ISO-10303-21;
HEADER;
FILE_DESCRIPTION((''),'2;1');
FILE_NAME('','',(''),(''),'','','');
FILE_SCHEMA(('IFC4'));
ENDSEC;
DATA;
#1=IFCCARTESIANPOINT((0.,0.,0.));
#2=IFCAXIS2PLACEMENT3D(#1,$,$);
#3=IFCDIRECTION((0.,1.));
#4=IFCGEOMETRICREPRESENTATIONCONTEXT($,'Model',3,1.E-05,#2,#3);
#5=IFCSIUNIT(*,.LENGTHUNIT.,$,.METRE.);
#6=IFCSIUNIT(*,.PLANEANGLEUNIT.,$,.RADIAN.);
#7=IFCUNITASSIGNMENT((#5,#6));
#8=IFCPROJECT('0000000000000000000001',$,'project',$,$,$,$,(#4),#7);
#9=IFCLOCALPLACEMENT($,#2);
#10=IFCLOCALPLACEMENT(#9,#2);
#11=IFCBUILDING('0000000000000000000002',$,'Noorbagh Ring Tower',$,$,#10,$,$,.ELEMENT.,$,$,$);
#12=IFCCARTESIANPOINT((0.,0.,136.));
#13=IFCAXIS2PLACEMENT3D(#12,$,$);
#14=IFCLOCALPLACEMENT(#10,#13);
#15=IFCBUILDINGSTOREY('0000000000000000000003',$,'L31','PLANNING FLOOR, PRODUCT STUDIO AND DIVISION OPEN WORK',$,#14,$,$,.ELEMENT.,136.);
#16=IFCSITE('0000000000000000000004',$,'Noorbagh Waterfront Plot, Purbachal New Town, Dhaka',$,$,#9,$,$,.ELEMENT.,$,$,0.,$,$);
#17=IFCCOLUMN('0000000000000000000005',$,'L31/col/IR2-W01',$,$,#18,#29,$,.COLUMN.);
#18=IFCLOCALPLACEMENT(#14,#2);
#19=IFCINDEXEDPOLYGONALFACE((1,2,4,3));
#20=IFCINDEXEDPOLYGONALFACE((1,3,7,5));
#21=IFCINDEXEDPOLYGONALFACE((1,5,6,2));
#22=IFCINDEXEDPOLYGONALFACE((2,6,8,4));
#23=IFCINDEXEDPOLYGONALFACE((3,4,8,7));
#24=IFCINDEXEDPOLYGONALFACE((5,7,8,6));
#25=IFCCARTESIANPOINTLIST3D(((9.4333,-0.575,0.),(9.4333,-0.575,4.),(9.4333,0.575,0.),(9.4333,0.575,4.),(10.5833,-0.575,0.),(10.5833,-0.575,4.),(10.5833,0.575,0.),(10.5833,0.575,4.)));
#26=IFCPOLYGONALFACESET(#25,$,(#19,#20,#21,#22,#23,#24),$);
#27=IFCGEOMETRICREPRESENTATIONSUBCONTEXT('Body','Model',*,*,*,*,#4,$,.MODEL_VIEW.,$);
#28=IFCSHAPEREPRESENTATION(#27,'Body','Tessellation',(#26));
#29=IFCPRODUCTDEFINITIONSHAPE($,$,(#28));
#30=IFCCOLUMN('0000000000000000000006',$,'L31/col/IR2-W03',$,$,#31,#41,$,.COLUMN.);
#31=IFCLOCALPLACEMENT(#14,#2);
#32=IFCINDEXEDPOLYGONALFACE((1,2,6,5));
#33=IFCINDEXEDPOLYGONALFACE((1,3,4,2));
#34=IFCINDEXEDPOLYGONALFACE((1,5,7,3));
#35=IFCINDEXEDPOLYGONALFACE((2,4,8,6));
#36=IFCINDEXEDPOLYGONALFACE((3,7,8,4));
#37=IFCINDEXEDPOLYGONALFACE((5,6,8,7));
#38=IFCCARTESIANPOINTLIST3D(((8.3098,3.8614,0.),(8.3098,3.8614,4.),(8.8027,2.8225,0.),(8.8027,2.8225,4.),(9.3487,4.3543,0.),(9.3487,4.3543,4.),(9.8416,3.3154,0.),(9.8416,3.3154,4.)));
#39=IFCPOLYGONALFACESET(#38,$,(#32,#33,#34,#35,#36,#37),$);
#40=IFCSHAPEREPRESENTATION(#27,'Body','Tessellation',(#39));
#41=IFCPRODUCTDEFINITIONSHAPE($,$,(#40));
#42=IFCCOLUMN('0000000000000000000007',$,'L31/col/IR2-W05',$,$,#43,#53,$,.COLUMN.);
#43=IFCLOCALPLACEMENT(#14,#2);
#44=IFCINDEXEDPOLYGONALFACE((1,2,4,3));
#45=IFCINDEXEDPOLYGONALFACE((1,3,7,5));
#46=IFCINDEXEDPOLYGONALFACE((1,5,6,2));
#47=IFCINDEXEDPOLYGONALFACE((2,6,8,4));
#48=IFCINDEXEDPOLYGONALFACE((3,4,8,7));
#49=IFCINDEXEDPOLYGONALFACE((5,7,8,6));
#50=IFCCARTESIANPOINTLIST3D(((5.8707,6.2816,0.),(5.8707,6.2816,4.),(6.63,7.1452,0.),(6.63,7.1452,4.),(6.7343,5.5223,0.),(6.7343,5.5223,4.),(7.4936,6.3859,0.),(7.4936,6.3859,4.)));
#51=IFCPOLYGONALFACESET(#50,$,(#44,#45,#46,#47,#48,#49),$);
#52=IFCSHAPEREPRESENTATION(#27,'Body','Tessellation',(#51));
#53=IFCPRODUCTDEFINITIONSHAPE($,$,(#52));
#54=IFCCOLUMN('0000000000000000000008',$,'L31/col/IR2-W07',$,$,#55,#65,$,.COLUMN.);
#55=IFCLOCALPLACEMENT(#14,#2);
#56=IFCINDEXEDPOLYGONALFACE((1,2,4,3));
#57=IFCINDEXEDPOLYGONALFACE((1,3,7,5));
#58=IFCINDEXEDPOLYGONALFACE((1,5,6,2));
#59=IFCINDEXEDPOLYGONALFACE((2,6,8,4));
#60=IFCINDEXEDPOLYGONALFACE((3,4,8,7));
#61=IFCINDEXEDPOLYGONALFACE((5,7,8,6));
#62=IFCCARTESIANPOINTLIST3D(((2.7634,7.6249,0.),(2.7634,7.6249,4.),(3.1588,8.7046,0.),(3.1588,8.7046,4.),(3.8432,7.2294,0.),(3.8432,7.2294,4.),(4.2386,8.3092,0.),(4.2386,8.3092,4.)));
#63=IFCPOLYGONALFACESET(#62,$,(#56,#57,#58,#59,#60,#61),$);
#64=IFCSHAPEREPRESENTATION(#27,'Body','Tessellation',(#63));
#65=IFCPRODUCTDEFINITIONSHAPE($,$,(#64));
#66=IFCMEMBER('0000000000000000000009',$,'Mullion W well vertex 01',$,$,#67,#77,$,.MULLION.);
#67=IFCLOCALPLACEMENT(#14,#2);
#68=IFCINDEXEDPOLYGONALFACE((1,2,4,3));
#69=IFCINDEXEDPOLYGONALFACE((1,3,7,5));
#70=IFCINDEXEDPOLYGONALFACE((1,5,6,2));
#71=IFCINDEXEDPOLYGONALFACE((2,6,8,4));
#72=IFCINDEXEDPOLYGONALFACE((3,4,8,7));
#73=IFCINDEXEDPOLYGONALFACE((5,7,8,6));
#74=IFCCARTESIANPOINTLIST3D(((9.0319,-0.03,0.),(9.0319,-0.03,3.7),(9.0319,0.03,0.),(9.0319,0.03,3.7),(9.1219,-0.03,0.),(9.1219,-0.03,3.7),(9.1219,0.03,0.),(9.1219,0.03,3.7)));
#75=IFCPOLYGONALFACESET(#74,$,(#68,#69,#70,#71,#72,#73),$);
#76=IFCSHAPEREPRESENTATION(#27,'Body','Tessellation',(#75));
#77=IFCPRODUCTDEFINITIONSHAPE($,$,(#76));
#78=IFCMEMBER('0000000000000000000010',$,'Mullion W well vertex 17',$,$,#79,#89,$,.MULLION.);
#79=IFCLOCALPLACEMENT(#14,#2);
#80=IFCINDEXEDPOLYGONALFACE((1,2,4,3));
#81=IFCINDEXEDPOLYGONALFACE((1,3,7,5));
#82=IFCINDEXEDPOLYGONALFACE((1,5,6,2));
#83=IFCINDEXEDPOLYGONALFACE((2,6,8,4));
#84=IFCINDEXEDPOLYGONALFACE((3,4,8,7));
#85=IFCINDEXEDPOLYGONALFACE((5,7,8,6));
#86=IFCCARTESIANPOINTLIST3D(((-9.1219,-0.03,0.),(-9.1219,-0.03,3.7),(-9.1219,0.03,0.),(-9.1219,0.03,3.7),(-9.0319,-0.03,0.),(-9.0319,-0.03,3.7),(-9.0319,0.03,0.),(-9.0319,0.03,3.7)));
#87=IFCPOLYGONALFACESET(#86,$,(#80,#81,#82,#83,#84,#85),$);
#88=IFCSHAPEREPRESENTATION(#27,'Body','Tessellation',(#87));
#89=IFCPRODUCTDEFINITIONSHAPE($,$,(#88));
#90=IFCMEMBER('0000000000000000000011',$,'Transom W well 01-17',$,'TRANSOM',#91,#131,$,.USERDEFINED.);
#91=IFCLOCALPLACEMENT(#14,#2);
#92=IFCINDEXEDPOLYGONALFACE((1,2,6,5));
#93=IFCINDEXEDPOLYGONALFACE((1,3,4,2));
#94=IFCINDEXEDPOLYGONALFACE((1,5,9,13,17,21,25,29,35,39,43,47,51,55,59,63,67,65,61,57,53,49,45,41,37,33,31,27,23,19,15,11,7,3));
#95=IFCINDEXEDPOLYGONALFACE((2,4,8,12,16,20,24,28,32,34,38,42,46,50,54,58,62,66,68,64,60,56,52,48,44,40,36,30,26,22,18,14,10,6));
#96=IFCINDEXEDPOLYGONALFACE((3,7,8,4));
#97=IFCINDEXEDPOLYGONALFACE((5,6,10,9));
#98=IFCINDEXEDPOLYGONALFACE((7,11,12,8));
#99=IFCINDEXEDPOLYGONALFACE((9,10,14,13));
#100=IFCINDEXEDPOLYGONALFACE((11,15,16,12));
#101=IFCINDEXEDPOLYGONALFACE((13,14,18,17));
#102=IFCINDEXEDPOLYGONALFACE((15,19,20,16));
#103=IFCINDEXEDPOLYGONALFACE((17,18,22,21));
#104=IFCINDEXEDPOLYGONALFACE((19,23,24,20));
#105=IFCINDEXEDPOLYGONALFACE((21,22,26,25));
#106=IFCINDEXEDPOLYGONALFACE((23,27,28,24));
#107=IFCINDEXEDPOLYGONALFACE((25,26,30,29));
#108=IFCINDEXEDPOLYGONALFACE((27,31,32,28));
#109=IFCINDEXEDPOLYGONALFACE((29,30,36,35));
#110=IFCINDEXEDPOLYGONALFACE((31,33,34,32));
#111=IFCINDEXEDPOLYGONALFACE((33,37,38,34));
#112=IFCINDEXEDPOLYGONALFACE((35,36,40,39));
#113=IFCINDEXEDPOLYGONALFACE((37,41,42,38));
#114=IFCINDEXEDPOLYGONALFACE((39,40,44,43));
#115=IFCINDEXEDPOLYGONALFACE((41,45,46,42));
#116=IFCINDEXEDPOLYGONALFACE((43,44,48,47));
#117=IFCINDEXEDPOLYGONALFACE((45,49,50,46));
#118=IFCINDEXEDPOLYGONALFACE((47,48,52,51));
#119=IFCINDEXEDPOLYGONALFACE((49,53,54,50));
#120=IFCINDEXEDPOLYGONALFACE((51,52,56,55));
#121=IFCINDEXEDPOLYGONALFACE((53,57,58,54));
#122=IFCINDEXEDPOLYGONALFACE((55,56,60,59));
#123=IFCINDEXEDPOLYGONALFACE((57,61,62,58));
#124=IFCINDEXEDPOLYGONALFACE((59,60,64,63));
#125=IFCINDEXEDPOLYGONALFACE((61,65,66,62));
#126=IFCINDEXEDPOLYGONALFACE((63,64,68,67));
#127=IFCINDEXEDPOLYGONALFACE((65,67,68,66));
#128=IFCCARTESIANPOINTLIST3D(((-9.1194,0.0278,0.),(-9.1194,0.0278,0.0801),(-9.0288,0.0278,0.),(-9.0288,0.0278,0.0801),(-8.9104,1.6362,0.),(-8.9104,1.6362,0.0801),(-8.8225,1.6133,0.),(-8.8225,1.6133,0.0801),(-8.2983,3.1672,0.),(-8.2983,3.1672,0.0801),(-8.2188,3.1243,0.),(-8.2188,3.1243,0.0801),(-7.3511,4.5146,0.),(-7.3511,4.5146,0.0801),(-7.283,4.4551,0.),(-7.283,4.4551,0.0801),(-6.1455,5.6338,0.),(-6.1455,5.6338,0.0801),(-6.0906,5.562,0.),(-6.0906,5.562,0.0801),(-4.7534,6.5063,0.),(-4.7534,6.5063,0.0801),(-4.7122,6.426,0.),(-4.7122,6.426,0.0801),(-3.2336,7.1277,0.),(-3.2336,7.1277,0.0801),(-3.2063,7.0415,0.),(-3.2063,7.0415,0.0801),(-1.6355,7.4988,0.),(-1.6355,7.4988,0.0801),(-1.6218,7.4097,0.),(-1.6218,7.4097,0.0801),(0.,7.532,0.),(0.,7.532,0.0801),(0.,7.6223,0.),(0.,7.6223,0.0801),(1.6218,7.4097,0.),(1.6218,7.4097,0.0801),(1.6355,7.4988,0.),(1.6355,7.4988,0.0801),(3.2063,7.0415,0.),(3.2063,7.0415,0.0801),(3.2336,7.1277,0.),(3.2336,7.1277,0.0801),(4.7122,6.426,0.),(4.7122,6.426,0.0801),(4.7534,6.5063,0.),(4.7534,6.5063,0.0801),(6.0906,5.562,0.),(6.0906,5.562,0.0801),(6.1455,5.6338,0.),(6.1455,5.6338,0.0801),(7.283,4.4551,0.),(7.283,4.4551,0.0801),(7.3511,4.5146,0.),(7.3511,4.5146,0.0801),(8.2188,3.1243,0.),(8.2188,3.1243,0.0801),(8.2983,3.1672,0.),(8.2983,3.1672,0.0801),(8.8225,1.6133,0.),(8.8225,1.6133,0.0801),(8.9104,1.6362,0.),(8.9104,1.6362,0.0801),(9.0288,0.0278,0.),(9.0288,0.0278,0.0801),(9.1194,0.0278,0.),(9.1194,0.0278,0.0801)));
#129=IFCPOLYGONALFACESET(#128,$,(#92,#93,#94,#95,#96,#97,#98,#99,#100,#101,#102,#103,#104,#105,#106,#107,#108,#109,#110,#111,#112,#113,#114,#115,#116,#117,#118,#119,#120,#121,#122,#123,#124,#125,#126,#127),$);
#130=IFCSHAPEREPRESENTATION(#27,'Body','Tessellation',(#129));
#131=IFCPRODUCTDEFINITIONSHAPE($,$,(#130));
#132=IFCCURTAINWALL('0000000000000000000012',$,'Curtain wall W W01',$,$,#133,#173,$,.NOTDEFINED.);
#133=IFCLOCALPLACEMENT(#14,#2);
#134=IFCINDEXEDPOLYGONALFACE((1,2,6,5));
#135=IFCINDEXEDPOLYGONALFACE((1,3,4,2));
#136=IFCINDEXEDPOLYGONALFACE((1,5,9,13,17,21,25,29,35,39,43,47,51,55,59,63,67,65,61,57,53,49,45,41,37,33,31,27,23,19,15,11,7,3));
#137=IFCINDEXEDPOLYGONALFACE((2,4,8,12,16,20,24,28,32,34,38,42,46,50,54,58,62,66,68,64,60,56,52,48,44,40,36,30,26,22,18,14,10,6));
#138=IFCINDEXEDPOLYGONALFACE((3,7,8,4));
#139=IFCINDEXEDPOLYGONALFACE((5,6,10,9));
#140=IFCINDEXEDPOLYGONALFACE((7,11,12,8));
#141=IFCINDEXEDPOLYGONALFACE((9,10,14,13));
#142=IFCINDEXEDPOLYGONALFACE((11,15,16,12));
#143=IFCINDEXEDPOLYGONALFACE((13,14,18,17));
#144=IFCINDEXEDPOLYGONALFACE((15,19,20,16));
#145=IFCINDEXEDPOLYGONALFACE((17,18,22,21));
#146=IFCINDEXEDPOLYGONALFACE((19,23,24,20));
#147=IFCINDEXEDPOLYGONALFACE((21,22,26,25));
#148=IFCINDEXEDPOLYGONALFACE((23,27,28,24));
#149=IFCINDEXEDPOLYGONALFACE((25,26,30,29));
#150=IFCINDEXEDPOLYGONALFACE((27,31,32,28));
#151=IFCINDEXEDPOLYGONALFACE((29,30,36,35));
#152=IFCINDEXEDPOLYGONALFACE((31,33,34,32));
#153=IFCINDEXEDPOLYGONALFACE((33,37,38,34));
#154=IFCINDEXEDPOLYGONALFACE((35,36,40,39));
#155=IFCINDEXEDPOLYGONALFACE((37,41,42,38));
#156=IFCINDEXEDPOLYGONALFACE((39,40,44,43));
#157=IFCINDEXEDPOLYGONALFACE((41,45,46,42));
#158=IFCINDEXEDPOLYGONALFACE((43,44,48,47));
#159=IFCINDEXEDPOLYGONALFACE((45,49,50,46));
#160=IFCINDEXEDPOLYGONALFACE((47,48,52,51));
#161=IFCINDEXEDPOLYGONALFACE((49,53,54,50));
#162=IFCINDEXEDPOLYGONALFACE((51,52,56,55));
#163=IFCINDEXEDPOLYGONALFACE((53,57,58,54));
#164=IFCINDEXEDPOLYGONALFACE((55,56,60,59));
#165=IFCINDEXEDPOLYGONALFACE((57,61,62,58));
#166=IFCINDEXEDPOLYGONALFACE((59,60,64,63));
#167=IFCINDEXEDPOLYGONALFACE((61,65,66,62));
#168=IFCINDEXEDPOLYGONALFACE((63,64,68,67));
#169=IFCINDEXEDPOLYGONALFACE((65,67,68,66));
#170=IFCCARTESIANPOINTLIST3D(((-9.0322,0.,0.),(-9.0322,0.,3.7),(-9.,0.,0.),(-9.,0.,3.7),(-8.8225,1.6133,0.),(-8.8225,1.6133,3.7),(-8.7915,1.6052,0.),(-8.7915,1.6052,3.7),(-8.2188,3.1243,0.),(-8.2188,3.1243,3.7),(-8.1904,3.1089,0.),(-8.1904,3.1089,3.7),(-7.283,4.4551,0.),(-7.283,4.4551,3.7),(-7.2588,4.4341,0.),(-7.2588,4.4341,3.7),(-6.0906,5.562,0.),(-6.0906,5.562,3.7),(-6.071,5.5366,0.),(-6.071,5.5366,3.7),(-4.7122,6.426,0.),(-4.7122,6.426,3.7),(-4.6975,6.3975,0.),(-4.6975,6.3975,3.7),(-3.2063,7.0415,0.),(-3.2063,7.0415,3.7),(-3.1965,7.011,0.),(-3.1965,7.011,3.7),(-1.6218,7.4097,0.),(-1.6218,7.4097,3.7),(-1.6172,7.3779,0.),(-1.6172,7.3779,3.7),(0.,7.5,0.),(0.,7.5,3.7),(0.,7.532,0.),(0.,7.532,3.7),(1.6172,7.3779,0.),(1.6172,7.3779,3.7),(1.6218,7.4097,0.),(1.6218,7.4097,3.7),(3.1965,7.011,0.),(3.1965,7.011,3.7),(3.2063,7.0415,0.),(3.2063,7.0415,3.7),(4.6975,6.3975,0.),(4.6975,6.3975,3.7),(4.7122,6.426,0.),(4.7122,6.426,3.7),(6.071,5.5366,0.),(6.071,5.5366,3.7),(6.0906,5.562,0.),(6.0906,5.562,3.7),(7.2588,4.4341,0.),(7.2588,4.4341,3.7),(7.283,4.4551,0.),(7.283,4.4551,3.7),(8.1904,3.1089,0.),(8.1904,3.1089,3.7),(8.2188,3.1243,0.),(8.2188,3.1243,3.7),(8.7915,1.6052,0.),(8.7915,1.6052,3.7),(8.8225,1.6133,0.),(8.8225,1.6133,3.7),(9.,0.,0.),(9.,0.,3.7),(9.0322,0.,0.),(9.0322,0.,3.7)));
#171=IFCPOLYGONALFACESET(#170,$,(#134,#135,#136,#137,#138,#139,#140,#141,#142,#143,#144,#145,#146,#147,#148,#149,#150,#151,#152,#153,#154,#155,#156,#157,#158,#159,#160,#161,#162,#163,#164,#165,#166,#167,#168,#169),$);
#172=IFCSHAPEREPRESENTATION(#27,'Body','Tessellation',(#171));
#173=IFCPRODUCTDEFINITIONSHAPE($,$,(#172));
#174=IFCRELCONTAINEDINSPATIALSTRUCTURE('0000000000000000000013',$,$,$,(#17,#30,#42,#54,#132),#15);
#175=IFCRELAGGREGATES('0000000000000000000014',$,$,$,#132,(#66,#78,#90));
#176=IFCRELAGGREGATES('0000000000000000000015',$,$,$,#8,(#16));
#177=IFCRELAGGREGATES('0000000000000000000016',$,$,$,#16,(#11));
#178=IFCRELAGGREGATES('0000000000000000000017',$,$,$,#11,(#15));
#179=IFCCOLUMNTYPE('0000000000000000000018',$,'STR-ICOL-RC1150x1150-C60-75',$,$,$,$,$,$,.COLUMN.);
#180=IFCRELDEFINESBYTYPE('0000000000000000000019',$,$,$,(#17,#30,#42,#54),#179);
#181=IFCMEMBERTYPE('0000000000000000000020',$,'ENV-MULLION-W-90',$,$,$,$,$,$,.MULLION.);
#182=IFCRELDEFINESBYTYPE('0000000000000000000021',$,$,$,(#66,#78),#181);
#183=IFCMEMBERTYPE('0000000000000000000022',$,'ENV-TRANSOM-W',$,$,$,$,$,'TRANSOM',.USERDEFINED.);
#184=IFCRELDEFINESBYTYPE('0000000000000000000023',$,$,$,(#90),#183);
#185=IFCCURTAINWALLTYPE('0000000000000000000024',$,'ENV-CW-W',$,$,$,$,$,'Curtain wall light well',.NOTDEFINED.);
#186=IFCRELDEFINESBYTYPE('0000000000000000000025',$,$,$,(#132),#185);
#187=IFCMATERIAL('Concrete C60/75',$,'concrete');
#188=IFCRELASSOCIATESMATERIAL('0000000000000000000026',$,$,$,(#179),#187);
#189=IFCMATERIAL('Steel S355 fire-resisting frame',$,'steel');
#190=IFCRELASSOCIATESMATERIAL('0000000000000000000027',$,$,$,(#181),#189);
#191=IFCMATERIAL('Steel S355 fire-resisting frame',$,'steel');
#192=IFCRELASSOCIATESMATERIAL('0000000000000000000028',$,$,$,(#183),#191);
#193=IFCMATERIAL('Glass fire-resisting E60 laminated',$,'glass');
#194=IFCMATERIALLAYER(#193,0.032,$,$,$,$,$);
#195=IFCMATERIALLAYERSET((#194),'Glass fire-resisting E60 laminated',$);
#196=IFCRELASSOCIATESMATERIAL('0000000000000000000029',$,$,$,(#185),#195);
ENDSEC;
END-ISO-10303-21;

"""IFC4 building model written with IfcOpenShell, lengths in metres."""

from ifc_helpers import new_model, si_unit, direction, frame, origin, origin_2d, place, context, subcontext, project, spatial, polyline, rectangle, outline, extrude, material, layer, layer_set, material_profile, profile_set, type_object, element, aggregate, save


model = new_model("IFC4")

# Units and contexts
model_context = context("Model", 3, precision=1e-05, world=origin(), true_north=direction((0.0, 1.0)))
body_context = subcontext(model_context, "Body", "Model", "MODEL_VIEW")
ifc_project = project(units=[si_unit("LENGTHUNIT", "METRE"), si_unit("PLANEANGLEUNIT", "RADIAN")], contexts=[model_context])

# Site, building, storey
site_placement = place(None, origin())
site = spatial("IfcSite", under=ifc_project, at=site_placement, Name="Noorbagh Waterfront Plot, Purbachal New Town, Dhaka", CompositionType="ELEMENT", RefElevation=0.0)
building_placement = place(site_placement, origin())
building = spatial("IfcBuilding", under=site, at=building_placement, Name="Noorbagh Ring Tower", CompositionType="ELEMENT")
storey_placement = place(building_placement, frame((0.0, 0.0, 136.0)))
storey = spatial("IfcBuildingStorey", under=building, at=storey_placement, Name="L31", Description="PLANNING FLOOR, PRODUCT STUDIO AND DIVISION OPEN WORK", CompositionType="ELEMENT", Elevation=136.0)

# Columns
ifc_material_1 = material(Name="Concrete C60/75", Category="concrete")
ifc_material_profile_1 = material_profile(ifc_material_1, rectangle(XDim=1.1499, YDim=1.1499, at=origin_2d()), Name="RC1150x1150")
ifc_profile_set_1 = profile_set([ifc_material_profile_1], Name="Concrete C60/75")
column_type = type_object("IfcColumnType", Name="STR-ICOL-RC1150x1150-C60-75", PredefinedType="COLUMN", material=ifc_profile_set_1)
for number, where, z_axis, x_axis, name in (
    (1, (10.0083, 0.0, 0.0), (0.0, 0.0, 1.0), (0.0, 1.0, 0.0), "L31/col/IR2-W01"),
    (2, (9.0757, 3.5884, 0.0), (0.0, 0.0, 1.0), (-0.428667, 0.903463, 0.0), "L31/col/IR2-W03"),
    (3, (6.6821, 6.3337, 0.0), (0.0, 0.0, 1.0), (-0.751022, 0.660277, 0.0), "L31/col/IR2-W05"),
    (4, (3.501, 7.967, 0.0), (0.0, 0.0, 1.0), (-0.93902, 0.343864, 0.0), "L31/col/IR2-W07"),
):
    element("IfcColumn", number, at=place(storey_placement, frame(where, z_axis=z_axis, x_axis=x_axis)), inside=storey, type_object=column_type, Name=name, PredefinedType="COLUMN", context=body_context, shape_type="SweptSolid", body=[
        extrude(rectangle(XDim=1.1499, YDim=1.1499, at=origin_2d()), origin(), (0.0, 0.0, 1.0), 4.0),
    ])

# Members
ifc_material_2 = material(Name="Steel S355 fire-resisting frame", Category="steel")
ifc_material_profile_2 = material_profile(ifc_material_2, rectangle(XDim=0.0901, YDim=0.0601, at=origin_2d()), Name="90x60")
ifc_profile_set_2 = profile_set([ifc_material_profile_2], Name="Steel S355 fire-resisting frame")
member_type_1 = type_object("IfcMemberType", Name="ENV-MULLION-W-90", PredefinedType="MULLION", material=ifc_profile_set_2)
member_1_placement = place(storey_placement, frame((9.0769, 0.0, 0.0), z_axis=(0.0, 0.0, 1.0), x_axis=(1.0, 0.0, 0.0)))
member_1 = element("IfcMember", 5, at=member_1_placement, type_object=member_type_1, Name="Mullion W well vertex 01", PredefinedType="MULLION", context=body_context, shape_type="SweptSolid", body=[
    extrude(rectangle(XDim=0.0901, YDim=0.0601, at=origin_2d()), origin(), (0.0, 0.0, 1.0), 3.7),
])
member_2_placement = place(storey_placement, frame((-9.0769, 0.0, 0.0), z_axis=(0.0, 0.0, 1.0), x_axis=(-1.0, 0.0, 0.0)))
member_2 = element("IfcMember", 6, at=member_2_placement, type_object=member_type_1, Name="Mullion W well vertex 17", PredefinedType="MULLION", context=body_context, shape_type="SweptSolid", body=[
    extrude(rectangle(XDim=0.0901, YDim=0.0601, at=origin_2d()), origin(), (0.0, 0.0, 1.0), 3.7),
])
ifc_material_3 = material(Name="Steel S355 fire-resisting frame", Category="steel")
member_type_2 = type_object("IfcMemberType", Name="ENV-TRANSOM-W", ElementType="TRANSOM", PredefinedType="USERDEFINED", material=ifc_material_3)
member_3_placement = place(storey_placement, origin())
member_3 = element("IfcMember", 7, at=member_3_placement, type_object=member_type_2, Name="Transom W well 01-17", ObjectType="TRANSOM", PredefinedType="USERDEFINED", context=body_context, shape_type="SweptSolid", body=[
    extrude(outline(polyline([(9.1194, 0.0278), (8.9104, 1.6362), (8.2983, 3.1672), (7.3511, 4.5146), (6.1455, 5.6338), (4.7534, 6.5063), (3.2336, 7.1277), (1.6355, 7.4988), (0.0, 7.6223), (-1.6355, 7.4988), (-3.2336, 7.1277), (-4.7534, 6.5063), (-6.1455, 5.6338), (-7.3511, 4.5146), (-8.2983, 3.1672), (-8.9104, 1.6362), (-9.1194, 0.0278), (-9.0288, 0.0278), (-8.8225, 1.6133), (-8.2188, 3.1243), (-7.283, 4.4551), (-6.0906, 5.562), (-4.7122, 6.426), (-3.2063, 7.0415), (-1.6218, 7.4097), (0.0, 7.532), (1.6218, 7.4097), (3.2063, 7.0415), (4.7122, 6.426), (6.0906, 5.562), (7.283, 4.4551), (8.2188, 3.1243), (8.8225, 1.6133), (9.0288, 0.0278), (9.1194, 0.0278)])), origin(), (0.0, 0.0, 1.0), 0.0801),
])

# Curtain wall
ifc_material_4 = material(Name="Glass fire-resisting E60 laminated", Category="glass")
ifc_layer_1 = layer(ifc_material_4, 0.032)
ifc_layer_set_1 = layer_set([ifc_layer_1], Name="Glass fire-resisting E60 laminated")
curtain_wall_type_1 = type_object("IfcCurtainWallType", Name="ENV-CW-W", ElementType="Curtain wall light well", PredefinedType="NOTDEFINED", material=ifc_layer_set_1)
curtain_wall_1_placement = place(storey_placement, origin())
curtain_wall_1 = element("IfcCurtainWall", 8, at=curtain_wall_1_placement, inside=storey, type_object=curtain_wall_type_1, Name="Curtain wall W W01", PredefinedType="NOTDEFINED", context=body_context, shape_type="SweptSolid", body=[
    extrude(outline(polyline([(9.0322, 0.0), (8.8225, 1.6133), (8.2188, 3.1243), (7.283, 4.4551), (6.0906, 5.562), (4.7122, 6.426), (3.2063, 7.0415), (1.6218, 7.4097), (0.0, 7.532), (-1.6218, 7.4097), (-3.2063, 7.0415), (-4.7122, 6.426), (-6.0906, 5.562), (-7.283, 4.4551), (-8.2188, 3.1243), (-8.8225, 1.6133), (-9.0322, 0.0), (-9.0, 0.0), (-8.7915, 1.6052), (-8.1904, 3.1089), (-7.2588, 4.4341), (-6.071, 5.5366), (-4.6975, 6.3975), (-3.1965, 7.011), (-1.6172, 7.3779), (0.0, 7.5), (1.6172, 7.3779), (3.1965, 7.011), (4.6975, 6.3975), (6.071, 5.5366), (7.2588, 4.4341), (8.1904, 3.1089), (8.7915, 1.6052), (9.0, 0.0), (9.0322, 0.0)])), origin(), (0.0, 0.0, 1.0), 3.7),
])
aggregate(curtain_wall_1, [member_1, member_2, member_3])

save(model, "model.ifc")
